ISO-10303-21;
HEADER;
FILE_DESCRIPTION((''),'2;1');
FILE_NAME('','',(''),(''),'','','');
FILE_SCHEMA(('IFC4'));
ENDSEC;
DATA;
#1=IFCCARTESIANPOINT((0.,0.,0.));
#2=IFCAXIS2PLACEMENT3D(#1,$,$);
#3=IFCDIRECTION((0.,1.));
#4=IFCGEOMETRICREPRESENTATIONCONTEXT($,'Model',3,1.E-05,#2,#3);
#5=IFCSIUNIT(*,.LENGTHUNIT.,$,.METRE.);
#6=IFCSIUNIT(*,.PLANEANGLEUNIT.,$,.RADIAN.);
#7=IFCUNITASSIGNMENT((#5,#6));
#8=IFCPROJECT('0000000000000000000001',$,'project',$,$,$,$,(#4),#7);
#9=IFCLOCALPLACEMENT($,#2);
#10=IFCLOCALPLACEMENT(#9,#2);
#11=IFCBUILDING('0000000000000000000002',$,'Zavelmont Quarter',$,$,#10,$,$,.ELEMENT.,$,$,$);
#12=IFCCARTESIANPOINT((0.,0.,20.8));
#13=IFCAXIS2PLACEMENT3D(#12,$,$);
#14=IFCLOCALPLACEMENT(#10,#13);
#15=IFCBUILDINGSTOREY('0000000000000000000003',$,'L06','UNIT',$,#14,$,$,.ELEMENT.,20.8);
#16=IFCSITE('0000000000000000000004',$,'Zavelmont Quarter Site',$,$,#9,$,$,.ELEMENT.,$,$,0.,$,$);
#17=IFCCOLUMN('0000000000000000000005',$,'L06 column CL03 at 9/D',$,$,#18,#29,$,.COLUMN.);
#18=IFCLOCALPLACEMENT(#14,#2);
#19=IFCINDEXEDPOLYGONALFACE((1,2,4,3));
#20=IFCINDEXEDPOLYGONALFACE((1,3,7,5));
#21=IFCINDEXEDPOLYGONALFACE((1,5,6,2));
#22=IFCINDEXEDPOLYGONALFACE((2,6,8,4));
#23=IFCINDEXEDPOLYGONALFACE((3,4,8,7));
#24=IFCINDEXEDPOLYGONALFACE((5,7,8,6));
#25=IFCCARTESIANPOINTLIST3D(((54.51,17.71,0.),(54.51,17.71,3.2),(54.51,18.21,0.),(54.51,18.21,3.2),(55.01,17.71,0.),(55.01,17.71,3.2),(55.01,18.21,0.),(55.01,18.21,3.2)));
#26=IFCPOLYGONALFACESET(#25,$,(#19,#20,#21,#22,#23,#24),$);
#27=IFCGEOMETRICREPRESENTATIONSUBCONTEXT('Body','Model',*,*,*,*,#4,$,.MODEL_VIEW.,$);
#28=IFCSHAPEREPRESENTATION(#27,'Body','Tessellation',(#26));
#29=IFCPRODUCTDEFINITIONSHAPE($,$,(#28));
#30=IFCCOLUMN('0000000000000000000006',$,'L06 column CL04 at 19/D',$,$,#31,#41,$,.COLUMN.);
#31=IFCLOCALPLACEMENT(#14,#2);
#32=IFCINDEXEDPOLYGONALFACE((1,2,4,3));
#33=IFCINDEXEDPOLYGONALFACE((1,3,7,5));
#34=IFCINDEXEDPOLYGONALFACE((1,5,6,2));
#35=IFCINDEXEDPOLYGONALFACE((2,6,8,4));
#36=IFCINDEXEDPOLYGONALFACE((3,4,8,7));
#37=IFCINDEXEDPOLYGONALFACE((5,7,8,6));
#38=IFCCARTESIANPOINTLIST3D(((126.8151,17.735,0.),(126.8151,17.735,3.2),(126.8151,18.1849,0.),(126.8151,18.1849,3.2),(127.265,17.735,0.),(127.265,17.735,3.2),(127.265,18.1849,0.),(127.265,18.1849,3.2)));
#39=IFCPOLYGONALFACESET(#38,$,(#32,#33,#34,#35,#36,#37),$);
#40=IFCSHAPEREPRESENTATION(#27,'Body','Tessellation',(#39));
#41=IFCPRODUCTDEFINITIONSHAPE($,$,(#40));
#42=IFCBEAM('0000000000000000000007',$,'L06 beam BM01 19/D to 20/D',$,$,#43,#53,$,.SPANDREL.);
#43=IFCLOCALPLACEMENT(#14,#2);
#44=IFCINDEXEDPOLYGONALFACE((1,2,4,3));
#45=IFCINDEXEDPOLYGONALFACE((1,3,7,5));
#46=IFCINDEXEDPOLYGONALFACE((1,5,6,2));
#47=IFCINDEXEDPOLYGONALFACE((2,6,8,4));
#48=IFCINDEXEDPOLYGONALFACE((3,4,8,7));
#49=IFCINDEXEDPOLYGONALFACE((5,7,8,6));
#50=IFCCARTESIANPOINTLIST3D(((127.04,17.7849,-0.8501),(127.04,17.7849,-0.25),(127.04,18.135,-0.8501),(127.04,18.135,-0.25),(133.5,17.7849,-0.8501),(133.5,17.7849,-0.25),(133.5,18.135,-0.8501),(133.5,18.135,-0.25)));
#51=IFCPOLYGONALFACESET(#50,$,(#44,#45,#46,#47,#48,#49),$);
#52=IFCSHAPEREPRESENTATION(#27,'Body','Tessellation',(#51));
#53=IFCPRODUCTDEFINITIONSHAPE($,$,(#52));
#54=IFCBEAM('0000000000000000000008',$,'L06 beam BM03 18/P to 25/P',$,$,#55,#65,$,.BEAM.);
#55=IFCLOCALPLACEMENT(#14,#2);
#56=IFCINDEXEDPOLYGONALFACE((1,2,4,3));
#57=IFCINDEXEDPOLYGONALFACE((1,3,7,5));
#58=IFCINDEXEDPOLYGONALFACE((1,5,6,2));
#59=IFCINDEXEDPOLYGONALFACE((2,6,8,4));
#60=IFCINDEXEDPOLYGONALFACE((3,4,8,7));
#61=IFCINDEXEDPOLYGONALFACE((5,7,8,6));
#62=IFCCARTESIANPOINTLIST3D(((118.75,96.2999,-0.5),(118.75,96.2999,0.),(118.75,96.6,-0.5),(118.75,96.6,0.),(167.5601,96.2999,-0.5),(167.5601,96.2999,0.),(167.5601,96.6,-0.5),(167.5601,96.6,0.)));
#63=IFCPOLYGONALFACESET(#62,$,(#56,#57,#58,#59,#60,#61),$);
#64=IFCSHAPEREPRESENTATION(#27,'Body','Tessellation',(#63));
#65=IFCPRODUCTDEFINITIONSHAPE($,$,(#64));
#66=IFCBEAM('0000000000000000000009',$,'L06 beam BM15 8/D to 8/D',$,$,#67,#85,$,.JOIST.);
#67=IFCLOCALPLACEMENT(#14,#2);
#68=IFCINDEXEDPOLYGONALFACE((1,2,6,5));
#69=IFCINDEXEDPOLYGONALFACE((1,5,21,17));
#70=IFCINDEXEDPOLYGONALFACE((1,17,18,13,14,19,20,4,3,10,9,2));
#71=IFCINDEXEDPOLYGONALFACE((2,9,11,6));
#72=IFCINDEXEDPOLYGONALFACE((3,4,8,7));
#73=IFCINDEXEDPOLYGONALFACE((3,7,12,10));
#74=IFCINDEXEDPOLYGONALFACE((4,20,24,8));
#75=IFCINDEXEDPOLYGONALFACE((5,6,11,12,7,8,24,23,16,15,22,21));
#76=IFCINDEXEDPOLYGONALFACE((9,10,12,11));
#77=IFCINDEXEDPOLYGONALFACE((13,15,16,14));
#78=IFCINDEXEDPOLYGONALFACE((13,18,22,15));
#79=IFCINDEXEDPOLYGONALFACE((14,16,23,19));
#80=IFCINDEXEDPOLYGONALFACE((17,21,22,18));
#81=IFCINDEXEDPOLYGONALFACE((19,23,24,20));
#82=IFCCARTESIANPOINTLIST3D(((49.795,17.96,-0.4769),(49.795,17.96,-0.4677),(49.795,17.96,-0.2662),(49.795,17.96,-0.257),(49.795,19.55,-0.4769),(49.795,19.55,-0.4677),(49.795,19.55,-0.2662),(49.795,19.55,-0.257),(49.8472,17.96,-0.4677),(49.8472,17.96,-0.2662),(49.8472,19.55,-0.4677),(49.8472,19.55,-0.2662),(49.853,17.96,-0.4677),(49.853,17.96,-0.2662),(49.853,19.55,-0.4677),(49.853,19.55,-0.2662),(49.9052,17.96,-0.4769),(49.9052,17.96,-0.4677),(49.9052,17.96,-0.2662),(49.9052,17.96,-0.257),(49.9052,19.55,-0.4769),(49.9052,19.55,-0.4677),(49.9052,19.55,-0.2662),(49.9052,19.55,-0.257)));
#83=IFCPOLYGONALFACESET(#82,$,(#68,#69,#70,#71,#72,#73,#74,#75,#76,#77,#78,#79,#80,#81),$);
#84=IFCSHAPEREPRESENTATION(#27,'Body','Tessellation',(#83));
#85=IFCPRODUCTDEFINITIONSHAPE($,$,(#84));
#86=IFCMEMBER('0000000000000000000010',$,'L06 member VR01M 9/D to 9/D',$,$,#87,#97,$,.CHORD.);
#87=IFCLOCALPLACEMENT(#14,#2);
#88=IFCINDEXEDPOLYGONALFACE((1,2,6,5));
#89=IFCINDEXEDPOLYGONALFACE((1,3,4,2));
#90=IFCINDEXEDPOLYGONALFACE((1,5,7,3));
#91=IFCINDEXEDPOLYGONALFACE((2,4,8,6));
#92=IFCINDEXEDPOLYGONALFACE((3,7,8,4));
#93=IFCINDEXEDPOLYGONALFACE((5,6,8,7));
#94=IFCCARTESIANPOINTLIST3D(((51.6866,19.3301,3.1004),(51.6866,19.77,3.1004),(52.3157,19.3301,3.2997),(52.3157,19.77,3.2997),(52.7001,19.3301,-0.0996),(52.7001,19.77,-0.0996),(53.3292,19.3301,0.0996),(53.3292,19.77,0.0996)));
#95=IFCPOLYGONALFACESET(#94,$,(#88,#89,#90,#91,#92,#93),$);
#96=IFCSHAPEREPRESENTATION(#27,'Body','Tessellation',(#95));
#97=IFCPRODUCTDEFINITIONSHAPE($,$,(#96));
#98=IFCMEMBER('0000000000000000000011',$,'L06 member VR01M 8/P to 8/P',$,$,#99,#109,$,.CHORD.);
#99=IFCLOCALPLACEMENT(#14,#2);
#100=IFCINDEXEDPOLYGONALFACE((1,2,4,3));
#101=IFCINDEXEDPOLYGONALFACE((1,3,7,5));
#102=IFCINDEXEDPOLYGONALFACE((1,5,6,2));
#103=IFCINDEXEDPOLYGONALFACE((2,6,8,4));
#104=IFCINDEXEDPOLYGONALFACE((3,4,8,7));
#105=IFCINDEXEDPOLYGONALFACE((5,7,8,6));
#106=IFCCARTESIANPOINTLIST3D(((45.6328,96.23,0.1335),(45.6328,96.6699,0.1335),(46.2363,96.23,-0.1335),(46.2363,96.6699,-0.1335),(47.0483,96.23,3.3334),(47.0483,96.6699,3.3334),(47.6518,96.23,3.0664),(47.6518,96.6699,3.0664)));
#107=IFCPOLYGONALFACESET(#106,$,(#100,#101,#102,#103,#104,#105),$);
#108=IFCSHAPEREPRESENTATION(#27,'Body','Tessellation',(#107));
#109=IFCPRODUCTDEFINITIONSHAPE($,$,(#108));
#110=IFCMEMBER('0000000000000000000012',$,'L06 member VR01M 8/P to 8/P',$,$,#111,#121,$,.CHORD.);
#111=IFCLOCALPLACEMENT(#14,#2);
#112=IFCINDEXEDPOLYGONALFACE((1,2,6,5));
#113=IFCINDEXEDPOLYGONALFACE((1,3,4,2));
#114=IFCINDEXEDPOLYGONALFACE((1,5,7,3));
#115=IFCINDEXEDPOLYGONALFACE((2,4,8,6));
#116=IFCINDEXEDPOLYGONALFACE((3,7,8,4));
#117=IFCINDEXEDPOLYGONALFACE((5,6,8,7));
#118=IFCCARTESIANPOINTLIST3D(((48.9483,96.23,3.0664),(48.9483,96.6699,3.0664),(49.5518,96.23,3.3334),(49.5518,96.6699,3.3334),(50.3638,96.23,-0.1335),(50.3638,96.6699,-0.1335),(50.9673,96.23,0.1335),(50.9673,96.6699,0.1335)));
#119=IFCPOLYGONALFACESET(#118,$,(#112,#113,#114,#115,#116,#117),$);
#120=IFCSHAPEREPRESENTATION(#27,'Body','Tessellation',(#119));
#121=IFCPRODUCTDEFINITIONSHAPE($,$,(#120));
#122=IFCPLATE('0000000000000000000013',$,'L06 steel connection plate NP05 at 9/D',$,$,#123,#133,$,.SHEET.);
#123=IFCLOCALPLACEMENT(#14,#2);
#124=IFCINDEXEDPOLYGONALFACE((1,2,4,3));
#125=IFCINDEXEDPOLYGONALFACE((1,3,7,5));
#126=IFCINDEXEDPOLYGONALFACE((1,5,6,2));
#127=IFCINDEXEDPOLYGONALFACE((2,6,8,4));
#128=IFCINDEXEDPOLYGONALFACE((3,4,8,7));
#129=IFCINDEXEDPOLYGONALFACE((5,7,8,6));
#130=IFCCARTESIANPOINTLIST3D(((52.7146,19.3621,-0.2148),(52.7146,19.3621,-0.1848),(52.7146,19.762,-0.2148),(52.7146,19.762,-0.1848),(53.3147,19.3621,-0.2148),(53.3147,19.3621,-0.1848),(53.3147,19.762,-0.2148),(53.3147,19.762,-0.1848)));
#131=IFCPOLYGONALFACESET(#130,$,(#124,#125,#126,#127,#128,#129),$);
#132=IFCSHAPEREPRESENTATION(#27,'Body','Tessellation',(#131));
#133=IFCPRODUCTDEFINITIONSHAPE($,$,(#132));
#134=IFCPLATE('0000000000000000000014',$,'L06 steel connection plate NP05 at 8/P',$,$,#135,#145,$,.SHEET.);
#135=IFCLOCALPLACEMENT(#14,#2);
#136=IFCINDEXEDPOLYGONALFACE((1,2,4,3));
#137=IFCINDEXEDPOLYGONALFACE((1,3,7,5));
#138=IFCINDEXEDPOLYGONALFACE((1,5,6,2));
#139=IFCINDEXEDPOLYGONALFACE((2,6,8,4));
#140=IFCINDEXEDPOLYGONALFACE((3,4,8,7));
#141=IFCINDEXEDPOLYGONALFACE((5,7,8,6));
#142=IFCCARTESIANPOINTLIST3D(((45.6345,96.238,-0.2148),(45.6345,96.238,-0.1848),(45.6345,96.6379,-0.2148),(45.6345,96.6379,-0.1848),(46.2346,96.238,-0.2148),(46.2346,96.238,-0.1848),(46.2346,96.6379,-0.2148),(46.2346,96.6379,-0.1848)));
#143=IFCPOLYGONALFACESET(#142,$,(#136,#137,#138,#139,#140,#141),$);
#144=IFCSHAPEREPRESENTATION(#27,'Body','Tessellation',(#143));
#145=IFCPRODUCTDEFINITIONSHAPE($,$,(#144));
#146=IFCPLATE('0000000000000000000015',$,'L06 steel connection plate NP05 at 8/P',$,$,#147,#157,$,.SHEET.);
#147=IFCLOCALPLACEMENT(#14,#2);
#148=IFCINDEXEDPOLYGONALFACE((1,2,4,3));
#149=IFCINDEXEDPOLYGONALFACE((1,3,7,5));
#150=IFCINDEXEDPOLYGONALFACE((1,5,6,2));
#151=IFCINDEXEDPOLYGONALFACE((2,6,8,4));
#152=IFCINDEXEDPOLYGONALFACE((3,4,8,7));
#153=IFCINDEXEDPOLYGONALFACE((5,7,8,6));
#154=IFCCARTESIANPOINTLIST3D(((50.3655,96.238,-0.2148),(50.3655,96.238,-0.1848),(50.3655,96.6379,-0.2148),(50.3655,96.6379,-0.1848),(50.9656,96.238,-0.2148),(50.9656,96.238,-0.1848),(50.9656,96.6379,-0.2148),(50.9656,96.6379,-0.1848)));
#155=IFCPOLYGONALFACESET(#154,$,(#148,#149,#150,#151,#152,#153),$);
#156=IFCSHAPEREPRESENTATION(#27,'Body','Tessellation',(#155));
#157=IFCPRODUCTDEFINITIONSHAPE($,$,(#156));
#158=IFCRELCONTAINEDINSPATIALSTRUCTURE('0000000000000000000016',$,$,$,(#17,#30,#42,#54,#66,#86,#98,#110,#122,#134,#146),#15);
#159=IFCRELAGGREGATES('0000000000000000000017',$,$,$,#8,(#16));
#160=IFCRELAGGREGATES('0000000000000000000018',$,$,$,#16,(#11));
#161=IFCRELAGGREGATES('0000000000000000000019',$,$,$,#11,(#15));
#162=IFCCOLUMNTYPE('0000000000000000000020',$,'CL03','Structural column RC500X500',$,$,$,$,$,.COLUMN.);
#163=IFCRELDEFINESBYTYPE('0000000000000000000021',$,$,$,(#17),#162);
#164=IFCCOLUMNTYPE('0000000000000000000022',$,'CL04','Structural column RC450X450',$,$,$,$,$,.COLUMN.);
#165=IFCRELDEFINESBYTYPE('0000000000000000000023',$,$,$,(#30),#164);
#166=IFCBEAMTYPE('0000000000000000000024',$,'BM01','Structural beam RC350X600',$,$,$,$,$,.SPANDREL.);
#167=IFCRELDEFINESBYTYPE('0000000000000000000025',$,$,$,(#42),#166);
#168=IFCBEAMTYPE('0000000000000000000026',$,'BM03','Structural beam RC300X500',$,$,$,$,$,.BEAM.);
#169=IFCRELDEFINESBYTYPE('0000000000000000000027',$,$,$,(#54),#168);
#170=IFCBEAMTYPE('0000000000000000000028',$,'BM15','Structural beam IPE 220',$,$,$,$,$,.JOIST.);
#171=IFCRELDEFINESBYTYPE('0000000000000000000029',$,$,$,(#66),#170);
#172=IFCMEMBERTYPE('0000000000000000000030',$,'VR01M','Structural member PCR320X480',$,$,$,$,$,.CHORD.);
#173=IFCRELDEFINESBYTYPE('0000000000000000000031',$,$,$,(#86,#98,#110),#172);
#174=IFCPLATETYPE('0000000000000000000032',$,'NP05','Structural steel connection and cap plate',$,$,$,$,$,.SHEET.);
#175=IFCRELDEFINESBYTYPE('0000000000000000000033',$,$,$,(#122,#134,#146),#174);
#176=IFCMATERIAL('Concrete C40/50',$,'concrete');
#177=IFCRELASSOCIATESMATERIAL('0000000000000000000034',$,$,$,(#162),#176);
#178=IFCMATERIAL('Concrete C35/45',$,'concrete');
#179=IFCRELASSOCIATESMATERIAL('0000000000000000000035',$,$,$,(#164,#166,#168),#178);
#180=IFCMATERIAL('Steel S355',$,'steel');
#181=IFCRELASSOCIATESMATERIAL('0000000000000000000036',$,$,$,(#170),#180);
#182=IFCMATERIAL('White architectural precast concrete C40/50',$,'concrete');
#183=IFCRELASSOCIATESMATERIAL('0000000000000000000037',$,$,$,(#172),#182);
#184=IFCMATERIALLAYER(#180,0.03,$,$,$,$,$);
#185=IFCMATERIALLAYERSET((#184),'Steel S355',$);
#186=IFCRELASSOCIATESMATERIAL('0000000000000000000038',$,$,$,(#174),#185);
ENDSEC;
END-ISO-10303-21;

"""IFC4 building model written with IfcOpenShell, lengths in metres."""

from ifc_helpers import new_model, si_unit, direction, frame, origin, origin_2d, place, context, subcontext, project, spatial, rectangle, i_section, extrude, material, layer, layer_set, material_profile, profile_set, type_object, element, save


model = new_model("IFC4")

# Units and contexts
model_context = context("Model", 3, precision=1e-05, world=origin(), true_north=direction((0.0, 1.0)))
body_context = subcontext(model_context, "Body", "Model", "MODEL_VIEW")
ifc_project = project(units=[si_unit("LENGTHUNIT", "METRE"), si_unit("PLANEANGLEUNIT", "RADIAN")], contexts=[model_context])

# Site, building, storey
site_placement = place(None, origin())
site = spatial("IfcSite", under=ifc_project, at=site_placement, Name="Zavelmont Quarter Site", CompositionType="ELEMENT", RefElevation=0.0)
building_placement = place(site_placement, origin())
building = spatial("IfcBuilding", under=site, at=building_placement, Name="Zavelmont Quarter", CompositionType="ELEMENT")
storey_placement = place(building_placement, frame((0.0, 0.0, 20.8)))
storey = spatial("IfcBuildingStorey", under=building, at=storey_placement, Name="L06", Description="UNIT", CompositionType="ELEMENT", Elevation=20.8)

# Columns
ifc_material_1 = material(Name="Concrete C40/50", Category="concrete")
ifc_material_profile_1 = material_profile(ifc_material_1, rectangle(XDim=0.5, YDim=0.5, at=origin_2d()), Name="RC500X500")
ifc_profile_set_1 = profile_set([ifc_material_profile_1], Name="Concrete C40/50")
column_type_1 = type_object("IfcColumnType", Name="CL03", Description="Structural column RC500X500", PredefinedType="COLUMN", material=ifc_profile_set_1)
column_1_placement = place(storey_placement, frame((54.76, 17.96, 0.0), z_axis=(0.0, 0.0, 1.0), x_axis=(1.0, 0.0, 0.0)))
element("IfcColumn", 1, at=column_1_placement, inside=storey, type_object=column_type_1, Name="L06 column CL03 at 9/D", PredefinedType="COLUMN", context=body_context, shape_type="SweptSolid", body=[
    extrude(rectangle(XDim=0.5, YDim=0.5, at=origin_2d()), origin(), (0.0, 0.0, 1.0), 3.2),
])
ifc_material_2 = material(Name="Concrete C35/45", Category="concrete")
ifc_material_profile_2 = material_profile(ifc_material_2, rectangle(XDim=0.45, YDim=0.45, at=origin_2d()), Name="RC450X450")
ifc_profile_set_2 = profile_set([ifc_material_profile_2], Name="Concrete C35/45")
column_type_2 = type_object("IfcColumnType", Name="CL04", Description="Structural column RC450X450", PredefinedType="COLUMN", material=ifc_profile_set_2)
column_2_placement = place(storey_placement, frame((127.04, 17.96, 0.0), z_axis=(0.0, 0.0, 1.0), x_axis=(1.0, 0.0, 0.0)))
element("IfcColumn", 2, at=column_2_placement, inside=storey, type_object=column_type_2, Name="L06 column CL04 at 19/D", PredefinedType="COLUMN", context=body_context, shape_type="SweptSolid", body=[
    extrude(rectangle(XDim=0.45, YDim=0.45, at=origin_2d()), origin(), (0.0, 0.0, 1.0), 3.2),
])

# Beams
ifc_material_profile_3 = material_profile(ifc_material_2, rectangle(XDim=0.3501, YDim=0.6001, at=origin_2d()), Name="RC350X600")
ifc_profile_set_3 = profile_set([ifc_material_profile_3], Name="Concrete C35/45")
beam_type_1 = type_object("IfcBeamType", Name="BM01", Description="Structural beam RC350X600", PredefinedType="SPANDREL", material=ifc_profile_set_3)
beam_1_placement = place(storey_placement, frame((127.04, 17.96, -0.55), z_axis=(1.0, 0.0, 0.0), x_axis=(0.0, 1.0, 0.0)))
element("IfcBeam", 3, at=beam_1_placement, inside=storey, type_object=beam_type_1, Name="L06 beam BM01 19/D to 20/D", PredefinedType="SPANDREL", context=body_context, shape_type="SweptSolid", body=[
    extrude(rectangle(XDim=0.3501, YDim=0.6001, at=origin_2d()), origin(), (0.0, 0.0, 1.0), 6.46),
])
ifc_material_profile_4 = material_profile(ifc_material_2, rectangle(XDim=0.3, YDim=0.5, at=origin_2d()), Name="RC300X500")
ifc_profile_set_4 = profile_set([ifc_material_profile_4], Name="Concrete C35/45")
beam_type_2 = type_object("IfcBeamType", Name="BM03", Description="Structural beam RC300X500", PredefinedType="BEAM", material=ifc_profile_set_4)
beam_2_placement = place(storey_placement, frame((118.75, 96.45, -0.25), z_axis=(1.0, 0.0, 0.0), x_axis=(0.0, 1.0, 0.0)))
element("IfcBeam", 4, at=beam_2_placement, inside=storey, type_object=beam_type_2, Name="L06 beam BM03 18/P to 25/P", PredefinedType="BEAM", context=body_context, shape_type="SweptSolid", body=[
    extrude(rectangle(XDim=0.3, YDim=0.5, at=origin_2d()), origin(), (0.0, 0.0, 1.0), 48.8101),
])
ifc_material_3 = material(Name="Steel S355", Category="steel")
ifc_material_profile_5 = material_profile(ifc_material_3, i_section(OverallWidth=0.1101, OverallDepth=0.22, WebThickness=0.0059, FlangeThickness=0.0093, at=origin_2d()), Name="IPE 220")
ifc_profile_set_5 = profile_set([ifc_material_profile_5], Name="Steel S355")
beam_type_3 = type_object("IfcBeamType", Name="BM15", Description="Structural beam IPE 220", PredefinedType="JOIST", material=ifc_profile_set_5)
beam_3_placement = place(storey_placement, frame((49.8501, 17.96, -0.3669), z_axis=(0.0, 1.0, 0.0), x_axis=(-1.0, 0.0, 0.0)))
element("IfcBeam", 5, at=beam_3_placement, inside=storey, type_object=beam_type_3, Name="L06 beam BM15 8/D to 8/D", PredefinedType="JOIST", context=body_context, shape_type="SweptSolid", body=[
    extrude(i_section(OverallWidth=0.1101, OverallDepth=0.22, WebThickness=0.0059, FlangeThickness=0.0093, at=origin_2d()), origin(), (0.0, 0.0, 1.0), 1.5901),
])

# Members
ifc_material_4 = material(Name="White architectural precast concrete C40/50", Category="concrete")
ifc_material_profile_6 = material_profile(ifc_material_4, rectangle(XDim=0.4399, YDim=0.6599, at=origin_2d()), Name="PCR320X480")
ifc_profile_set_6 = profile_set([ifc_material_profile_6], Name="White architectural precast concrete C40/50")
member_type = type_object("IfcMemberType", Name="VR01M", Description="Structural member PCR320X480", PredefinedType="CHORD", material=ifc_profile_set_6)
member_placement = place(storey_placement, frame((53.0146, 19.55, 0.0), z_axis=(-0.301921, 0.0, 0.953333), x_axis=(0.0, -1.0, 0.0)))
element("IfcMember", 6, at=member_placement, inside=storey, type_object=member_type, Name="L06 member VR01M 9/D to 9/D", PredefinedType="CHORD", context=body_context, shape_type="SweptSolid", body=[
    extrude(rectangle(XDim=0.4399, YDim=0.6599, at=origin_2d()), origin(), (0.0, 0.0, 1.0), 3.3567),
])
for number, where, z_axis, x_axis, name in (
    (7, (45.9346, 96.45, 0.0), (0.404545, 0.0, 0.914518), (0.0, 1.0, 0.0), "L06 member VR01M 8/P to 8/P"),
    (8, (50.6655, 96.45, 0.0), (-0.404545, 0.0, 0.914518), (0.0, -1.0, 0.0), "L06 member VR01M 8/P to 8/P"),
):
    element("IfcMember", number, at=place(storey_placement, frame(where, z_axis=z_axis, x_axis=x_axis)), inside=storey, type_object=member_type, Name=name, PredefinedType="CHORD", context=body_context, shape_type="SweptSolid", body=[
        extrude(rectangle(XDim=0.4399, YDim=0.6599, at=origin_2d()), origin(), (0.0, 0.0, 1.0), 3.499),
    ])

# Plates
ifc_layer_1 = layer(ifc_material_3, 0.03)
ifc_layer_set_1 = layer_set([ifc_layer_1], Name="Steel S355")
plate_type = type_object("IfcPlateType", Name="NP05", Description="Structural steel connection and cap plate", PredefinedType="SHEET", material=ifc_layer_set_1)
for number, where, z_axis, x_axis, name in (
    (9, (53.0146, 19.562, -0.2148), (0.0, 0.0, 1.0), (1.0, 0.0, 0.0), "L06 steel connection plate NP05 at 9/D"),
    (10, (45.9346, 96.438, -0.2148), (0.0, 0.0, 1.0), (1.0, 0.0, 0.0), "L06 steel connection plate NP05 at 8/P"),
    (11, (50.6655, 96.438, -0.2148), (0.0, 0.0, 1.0), (1.0, 0.0, 0.0), "L06 steel connection plate NP05 at 8/P"),
):
    element("IfcPlate", number, at=place(storey_placement, frame(where, z_axis=z_axis, x_axis=x_axis)), inside=storey, type_object=plate_type, Name=name, PredefinedType="SHEET", context=body_context, shape_type="SweptSolid", body=[
        extrude(rectangle(XDim=0.6001, YDim=0.3999, at=origin_2d()), origin(), (0.0, 0.0, 1.0), 0.03),
    ])

save(model, "model.ifc")
